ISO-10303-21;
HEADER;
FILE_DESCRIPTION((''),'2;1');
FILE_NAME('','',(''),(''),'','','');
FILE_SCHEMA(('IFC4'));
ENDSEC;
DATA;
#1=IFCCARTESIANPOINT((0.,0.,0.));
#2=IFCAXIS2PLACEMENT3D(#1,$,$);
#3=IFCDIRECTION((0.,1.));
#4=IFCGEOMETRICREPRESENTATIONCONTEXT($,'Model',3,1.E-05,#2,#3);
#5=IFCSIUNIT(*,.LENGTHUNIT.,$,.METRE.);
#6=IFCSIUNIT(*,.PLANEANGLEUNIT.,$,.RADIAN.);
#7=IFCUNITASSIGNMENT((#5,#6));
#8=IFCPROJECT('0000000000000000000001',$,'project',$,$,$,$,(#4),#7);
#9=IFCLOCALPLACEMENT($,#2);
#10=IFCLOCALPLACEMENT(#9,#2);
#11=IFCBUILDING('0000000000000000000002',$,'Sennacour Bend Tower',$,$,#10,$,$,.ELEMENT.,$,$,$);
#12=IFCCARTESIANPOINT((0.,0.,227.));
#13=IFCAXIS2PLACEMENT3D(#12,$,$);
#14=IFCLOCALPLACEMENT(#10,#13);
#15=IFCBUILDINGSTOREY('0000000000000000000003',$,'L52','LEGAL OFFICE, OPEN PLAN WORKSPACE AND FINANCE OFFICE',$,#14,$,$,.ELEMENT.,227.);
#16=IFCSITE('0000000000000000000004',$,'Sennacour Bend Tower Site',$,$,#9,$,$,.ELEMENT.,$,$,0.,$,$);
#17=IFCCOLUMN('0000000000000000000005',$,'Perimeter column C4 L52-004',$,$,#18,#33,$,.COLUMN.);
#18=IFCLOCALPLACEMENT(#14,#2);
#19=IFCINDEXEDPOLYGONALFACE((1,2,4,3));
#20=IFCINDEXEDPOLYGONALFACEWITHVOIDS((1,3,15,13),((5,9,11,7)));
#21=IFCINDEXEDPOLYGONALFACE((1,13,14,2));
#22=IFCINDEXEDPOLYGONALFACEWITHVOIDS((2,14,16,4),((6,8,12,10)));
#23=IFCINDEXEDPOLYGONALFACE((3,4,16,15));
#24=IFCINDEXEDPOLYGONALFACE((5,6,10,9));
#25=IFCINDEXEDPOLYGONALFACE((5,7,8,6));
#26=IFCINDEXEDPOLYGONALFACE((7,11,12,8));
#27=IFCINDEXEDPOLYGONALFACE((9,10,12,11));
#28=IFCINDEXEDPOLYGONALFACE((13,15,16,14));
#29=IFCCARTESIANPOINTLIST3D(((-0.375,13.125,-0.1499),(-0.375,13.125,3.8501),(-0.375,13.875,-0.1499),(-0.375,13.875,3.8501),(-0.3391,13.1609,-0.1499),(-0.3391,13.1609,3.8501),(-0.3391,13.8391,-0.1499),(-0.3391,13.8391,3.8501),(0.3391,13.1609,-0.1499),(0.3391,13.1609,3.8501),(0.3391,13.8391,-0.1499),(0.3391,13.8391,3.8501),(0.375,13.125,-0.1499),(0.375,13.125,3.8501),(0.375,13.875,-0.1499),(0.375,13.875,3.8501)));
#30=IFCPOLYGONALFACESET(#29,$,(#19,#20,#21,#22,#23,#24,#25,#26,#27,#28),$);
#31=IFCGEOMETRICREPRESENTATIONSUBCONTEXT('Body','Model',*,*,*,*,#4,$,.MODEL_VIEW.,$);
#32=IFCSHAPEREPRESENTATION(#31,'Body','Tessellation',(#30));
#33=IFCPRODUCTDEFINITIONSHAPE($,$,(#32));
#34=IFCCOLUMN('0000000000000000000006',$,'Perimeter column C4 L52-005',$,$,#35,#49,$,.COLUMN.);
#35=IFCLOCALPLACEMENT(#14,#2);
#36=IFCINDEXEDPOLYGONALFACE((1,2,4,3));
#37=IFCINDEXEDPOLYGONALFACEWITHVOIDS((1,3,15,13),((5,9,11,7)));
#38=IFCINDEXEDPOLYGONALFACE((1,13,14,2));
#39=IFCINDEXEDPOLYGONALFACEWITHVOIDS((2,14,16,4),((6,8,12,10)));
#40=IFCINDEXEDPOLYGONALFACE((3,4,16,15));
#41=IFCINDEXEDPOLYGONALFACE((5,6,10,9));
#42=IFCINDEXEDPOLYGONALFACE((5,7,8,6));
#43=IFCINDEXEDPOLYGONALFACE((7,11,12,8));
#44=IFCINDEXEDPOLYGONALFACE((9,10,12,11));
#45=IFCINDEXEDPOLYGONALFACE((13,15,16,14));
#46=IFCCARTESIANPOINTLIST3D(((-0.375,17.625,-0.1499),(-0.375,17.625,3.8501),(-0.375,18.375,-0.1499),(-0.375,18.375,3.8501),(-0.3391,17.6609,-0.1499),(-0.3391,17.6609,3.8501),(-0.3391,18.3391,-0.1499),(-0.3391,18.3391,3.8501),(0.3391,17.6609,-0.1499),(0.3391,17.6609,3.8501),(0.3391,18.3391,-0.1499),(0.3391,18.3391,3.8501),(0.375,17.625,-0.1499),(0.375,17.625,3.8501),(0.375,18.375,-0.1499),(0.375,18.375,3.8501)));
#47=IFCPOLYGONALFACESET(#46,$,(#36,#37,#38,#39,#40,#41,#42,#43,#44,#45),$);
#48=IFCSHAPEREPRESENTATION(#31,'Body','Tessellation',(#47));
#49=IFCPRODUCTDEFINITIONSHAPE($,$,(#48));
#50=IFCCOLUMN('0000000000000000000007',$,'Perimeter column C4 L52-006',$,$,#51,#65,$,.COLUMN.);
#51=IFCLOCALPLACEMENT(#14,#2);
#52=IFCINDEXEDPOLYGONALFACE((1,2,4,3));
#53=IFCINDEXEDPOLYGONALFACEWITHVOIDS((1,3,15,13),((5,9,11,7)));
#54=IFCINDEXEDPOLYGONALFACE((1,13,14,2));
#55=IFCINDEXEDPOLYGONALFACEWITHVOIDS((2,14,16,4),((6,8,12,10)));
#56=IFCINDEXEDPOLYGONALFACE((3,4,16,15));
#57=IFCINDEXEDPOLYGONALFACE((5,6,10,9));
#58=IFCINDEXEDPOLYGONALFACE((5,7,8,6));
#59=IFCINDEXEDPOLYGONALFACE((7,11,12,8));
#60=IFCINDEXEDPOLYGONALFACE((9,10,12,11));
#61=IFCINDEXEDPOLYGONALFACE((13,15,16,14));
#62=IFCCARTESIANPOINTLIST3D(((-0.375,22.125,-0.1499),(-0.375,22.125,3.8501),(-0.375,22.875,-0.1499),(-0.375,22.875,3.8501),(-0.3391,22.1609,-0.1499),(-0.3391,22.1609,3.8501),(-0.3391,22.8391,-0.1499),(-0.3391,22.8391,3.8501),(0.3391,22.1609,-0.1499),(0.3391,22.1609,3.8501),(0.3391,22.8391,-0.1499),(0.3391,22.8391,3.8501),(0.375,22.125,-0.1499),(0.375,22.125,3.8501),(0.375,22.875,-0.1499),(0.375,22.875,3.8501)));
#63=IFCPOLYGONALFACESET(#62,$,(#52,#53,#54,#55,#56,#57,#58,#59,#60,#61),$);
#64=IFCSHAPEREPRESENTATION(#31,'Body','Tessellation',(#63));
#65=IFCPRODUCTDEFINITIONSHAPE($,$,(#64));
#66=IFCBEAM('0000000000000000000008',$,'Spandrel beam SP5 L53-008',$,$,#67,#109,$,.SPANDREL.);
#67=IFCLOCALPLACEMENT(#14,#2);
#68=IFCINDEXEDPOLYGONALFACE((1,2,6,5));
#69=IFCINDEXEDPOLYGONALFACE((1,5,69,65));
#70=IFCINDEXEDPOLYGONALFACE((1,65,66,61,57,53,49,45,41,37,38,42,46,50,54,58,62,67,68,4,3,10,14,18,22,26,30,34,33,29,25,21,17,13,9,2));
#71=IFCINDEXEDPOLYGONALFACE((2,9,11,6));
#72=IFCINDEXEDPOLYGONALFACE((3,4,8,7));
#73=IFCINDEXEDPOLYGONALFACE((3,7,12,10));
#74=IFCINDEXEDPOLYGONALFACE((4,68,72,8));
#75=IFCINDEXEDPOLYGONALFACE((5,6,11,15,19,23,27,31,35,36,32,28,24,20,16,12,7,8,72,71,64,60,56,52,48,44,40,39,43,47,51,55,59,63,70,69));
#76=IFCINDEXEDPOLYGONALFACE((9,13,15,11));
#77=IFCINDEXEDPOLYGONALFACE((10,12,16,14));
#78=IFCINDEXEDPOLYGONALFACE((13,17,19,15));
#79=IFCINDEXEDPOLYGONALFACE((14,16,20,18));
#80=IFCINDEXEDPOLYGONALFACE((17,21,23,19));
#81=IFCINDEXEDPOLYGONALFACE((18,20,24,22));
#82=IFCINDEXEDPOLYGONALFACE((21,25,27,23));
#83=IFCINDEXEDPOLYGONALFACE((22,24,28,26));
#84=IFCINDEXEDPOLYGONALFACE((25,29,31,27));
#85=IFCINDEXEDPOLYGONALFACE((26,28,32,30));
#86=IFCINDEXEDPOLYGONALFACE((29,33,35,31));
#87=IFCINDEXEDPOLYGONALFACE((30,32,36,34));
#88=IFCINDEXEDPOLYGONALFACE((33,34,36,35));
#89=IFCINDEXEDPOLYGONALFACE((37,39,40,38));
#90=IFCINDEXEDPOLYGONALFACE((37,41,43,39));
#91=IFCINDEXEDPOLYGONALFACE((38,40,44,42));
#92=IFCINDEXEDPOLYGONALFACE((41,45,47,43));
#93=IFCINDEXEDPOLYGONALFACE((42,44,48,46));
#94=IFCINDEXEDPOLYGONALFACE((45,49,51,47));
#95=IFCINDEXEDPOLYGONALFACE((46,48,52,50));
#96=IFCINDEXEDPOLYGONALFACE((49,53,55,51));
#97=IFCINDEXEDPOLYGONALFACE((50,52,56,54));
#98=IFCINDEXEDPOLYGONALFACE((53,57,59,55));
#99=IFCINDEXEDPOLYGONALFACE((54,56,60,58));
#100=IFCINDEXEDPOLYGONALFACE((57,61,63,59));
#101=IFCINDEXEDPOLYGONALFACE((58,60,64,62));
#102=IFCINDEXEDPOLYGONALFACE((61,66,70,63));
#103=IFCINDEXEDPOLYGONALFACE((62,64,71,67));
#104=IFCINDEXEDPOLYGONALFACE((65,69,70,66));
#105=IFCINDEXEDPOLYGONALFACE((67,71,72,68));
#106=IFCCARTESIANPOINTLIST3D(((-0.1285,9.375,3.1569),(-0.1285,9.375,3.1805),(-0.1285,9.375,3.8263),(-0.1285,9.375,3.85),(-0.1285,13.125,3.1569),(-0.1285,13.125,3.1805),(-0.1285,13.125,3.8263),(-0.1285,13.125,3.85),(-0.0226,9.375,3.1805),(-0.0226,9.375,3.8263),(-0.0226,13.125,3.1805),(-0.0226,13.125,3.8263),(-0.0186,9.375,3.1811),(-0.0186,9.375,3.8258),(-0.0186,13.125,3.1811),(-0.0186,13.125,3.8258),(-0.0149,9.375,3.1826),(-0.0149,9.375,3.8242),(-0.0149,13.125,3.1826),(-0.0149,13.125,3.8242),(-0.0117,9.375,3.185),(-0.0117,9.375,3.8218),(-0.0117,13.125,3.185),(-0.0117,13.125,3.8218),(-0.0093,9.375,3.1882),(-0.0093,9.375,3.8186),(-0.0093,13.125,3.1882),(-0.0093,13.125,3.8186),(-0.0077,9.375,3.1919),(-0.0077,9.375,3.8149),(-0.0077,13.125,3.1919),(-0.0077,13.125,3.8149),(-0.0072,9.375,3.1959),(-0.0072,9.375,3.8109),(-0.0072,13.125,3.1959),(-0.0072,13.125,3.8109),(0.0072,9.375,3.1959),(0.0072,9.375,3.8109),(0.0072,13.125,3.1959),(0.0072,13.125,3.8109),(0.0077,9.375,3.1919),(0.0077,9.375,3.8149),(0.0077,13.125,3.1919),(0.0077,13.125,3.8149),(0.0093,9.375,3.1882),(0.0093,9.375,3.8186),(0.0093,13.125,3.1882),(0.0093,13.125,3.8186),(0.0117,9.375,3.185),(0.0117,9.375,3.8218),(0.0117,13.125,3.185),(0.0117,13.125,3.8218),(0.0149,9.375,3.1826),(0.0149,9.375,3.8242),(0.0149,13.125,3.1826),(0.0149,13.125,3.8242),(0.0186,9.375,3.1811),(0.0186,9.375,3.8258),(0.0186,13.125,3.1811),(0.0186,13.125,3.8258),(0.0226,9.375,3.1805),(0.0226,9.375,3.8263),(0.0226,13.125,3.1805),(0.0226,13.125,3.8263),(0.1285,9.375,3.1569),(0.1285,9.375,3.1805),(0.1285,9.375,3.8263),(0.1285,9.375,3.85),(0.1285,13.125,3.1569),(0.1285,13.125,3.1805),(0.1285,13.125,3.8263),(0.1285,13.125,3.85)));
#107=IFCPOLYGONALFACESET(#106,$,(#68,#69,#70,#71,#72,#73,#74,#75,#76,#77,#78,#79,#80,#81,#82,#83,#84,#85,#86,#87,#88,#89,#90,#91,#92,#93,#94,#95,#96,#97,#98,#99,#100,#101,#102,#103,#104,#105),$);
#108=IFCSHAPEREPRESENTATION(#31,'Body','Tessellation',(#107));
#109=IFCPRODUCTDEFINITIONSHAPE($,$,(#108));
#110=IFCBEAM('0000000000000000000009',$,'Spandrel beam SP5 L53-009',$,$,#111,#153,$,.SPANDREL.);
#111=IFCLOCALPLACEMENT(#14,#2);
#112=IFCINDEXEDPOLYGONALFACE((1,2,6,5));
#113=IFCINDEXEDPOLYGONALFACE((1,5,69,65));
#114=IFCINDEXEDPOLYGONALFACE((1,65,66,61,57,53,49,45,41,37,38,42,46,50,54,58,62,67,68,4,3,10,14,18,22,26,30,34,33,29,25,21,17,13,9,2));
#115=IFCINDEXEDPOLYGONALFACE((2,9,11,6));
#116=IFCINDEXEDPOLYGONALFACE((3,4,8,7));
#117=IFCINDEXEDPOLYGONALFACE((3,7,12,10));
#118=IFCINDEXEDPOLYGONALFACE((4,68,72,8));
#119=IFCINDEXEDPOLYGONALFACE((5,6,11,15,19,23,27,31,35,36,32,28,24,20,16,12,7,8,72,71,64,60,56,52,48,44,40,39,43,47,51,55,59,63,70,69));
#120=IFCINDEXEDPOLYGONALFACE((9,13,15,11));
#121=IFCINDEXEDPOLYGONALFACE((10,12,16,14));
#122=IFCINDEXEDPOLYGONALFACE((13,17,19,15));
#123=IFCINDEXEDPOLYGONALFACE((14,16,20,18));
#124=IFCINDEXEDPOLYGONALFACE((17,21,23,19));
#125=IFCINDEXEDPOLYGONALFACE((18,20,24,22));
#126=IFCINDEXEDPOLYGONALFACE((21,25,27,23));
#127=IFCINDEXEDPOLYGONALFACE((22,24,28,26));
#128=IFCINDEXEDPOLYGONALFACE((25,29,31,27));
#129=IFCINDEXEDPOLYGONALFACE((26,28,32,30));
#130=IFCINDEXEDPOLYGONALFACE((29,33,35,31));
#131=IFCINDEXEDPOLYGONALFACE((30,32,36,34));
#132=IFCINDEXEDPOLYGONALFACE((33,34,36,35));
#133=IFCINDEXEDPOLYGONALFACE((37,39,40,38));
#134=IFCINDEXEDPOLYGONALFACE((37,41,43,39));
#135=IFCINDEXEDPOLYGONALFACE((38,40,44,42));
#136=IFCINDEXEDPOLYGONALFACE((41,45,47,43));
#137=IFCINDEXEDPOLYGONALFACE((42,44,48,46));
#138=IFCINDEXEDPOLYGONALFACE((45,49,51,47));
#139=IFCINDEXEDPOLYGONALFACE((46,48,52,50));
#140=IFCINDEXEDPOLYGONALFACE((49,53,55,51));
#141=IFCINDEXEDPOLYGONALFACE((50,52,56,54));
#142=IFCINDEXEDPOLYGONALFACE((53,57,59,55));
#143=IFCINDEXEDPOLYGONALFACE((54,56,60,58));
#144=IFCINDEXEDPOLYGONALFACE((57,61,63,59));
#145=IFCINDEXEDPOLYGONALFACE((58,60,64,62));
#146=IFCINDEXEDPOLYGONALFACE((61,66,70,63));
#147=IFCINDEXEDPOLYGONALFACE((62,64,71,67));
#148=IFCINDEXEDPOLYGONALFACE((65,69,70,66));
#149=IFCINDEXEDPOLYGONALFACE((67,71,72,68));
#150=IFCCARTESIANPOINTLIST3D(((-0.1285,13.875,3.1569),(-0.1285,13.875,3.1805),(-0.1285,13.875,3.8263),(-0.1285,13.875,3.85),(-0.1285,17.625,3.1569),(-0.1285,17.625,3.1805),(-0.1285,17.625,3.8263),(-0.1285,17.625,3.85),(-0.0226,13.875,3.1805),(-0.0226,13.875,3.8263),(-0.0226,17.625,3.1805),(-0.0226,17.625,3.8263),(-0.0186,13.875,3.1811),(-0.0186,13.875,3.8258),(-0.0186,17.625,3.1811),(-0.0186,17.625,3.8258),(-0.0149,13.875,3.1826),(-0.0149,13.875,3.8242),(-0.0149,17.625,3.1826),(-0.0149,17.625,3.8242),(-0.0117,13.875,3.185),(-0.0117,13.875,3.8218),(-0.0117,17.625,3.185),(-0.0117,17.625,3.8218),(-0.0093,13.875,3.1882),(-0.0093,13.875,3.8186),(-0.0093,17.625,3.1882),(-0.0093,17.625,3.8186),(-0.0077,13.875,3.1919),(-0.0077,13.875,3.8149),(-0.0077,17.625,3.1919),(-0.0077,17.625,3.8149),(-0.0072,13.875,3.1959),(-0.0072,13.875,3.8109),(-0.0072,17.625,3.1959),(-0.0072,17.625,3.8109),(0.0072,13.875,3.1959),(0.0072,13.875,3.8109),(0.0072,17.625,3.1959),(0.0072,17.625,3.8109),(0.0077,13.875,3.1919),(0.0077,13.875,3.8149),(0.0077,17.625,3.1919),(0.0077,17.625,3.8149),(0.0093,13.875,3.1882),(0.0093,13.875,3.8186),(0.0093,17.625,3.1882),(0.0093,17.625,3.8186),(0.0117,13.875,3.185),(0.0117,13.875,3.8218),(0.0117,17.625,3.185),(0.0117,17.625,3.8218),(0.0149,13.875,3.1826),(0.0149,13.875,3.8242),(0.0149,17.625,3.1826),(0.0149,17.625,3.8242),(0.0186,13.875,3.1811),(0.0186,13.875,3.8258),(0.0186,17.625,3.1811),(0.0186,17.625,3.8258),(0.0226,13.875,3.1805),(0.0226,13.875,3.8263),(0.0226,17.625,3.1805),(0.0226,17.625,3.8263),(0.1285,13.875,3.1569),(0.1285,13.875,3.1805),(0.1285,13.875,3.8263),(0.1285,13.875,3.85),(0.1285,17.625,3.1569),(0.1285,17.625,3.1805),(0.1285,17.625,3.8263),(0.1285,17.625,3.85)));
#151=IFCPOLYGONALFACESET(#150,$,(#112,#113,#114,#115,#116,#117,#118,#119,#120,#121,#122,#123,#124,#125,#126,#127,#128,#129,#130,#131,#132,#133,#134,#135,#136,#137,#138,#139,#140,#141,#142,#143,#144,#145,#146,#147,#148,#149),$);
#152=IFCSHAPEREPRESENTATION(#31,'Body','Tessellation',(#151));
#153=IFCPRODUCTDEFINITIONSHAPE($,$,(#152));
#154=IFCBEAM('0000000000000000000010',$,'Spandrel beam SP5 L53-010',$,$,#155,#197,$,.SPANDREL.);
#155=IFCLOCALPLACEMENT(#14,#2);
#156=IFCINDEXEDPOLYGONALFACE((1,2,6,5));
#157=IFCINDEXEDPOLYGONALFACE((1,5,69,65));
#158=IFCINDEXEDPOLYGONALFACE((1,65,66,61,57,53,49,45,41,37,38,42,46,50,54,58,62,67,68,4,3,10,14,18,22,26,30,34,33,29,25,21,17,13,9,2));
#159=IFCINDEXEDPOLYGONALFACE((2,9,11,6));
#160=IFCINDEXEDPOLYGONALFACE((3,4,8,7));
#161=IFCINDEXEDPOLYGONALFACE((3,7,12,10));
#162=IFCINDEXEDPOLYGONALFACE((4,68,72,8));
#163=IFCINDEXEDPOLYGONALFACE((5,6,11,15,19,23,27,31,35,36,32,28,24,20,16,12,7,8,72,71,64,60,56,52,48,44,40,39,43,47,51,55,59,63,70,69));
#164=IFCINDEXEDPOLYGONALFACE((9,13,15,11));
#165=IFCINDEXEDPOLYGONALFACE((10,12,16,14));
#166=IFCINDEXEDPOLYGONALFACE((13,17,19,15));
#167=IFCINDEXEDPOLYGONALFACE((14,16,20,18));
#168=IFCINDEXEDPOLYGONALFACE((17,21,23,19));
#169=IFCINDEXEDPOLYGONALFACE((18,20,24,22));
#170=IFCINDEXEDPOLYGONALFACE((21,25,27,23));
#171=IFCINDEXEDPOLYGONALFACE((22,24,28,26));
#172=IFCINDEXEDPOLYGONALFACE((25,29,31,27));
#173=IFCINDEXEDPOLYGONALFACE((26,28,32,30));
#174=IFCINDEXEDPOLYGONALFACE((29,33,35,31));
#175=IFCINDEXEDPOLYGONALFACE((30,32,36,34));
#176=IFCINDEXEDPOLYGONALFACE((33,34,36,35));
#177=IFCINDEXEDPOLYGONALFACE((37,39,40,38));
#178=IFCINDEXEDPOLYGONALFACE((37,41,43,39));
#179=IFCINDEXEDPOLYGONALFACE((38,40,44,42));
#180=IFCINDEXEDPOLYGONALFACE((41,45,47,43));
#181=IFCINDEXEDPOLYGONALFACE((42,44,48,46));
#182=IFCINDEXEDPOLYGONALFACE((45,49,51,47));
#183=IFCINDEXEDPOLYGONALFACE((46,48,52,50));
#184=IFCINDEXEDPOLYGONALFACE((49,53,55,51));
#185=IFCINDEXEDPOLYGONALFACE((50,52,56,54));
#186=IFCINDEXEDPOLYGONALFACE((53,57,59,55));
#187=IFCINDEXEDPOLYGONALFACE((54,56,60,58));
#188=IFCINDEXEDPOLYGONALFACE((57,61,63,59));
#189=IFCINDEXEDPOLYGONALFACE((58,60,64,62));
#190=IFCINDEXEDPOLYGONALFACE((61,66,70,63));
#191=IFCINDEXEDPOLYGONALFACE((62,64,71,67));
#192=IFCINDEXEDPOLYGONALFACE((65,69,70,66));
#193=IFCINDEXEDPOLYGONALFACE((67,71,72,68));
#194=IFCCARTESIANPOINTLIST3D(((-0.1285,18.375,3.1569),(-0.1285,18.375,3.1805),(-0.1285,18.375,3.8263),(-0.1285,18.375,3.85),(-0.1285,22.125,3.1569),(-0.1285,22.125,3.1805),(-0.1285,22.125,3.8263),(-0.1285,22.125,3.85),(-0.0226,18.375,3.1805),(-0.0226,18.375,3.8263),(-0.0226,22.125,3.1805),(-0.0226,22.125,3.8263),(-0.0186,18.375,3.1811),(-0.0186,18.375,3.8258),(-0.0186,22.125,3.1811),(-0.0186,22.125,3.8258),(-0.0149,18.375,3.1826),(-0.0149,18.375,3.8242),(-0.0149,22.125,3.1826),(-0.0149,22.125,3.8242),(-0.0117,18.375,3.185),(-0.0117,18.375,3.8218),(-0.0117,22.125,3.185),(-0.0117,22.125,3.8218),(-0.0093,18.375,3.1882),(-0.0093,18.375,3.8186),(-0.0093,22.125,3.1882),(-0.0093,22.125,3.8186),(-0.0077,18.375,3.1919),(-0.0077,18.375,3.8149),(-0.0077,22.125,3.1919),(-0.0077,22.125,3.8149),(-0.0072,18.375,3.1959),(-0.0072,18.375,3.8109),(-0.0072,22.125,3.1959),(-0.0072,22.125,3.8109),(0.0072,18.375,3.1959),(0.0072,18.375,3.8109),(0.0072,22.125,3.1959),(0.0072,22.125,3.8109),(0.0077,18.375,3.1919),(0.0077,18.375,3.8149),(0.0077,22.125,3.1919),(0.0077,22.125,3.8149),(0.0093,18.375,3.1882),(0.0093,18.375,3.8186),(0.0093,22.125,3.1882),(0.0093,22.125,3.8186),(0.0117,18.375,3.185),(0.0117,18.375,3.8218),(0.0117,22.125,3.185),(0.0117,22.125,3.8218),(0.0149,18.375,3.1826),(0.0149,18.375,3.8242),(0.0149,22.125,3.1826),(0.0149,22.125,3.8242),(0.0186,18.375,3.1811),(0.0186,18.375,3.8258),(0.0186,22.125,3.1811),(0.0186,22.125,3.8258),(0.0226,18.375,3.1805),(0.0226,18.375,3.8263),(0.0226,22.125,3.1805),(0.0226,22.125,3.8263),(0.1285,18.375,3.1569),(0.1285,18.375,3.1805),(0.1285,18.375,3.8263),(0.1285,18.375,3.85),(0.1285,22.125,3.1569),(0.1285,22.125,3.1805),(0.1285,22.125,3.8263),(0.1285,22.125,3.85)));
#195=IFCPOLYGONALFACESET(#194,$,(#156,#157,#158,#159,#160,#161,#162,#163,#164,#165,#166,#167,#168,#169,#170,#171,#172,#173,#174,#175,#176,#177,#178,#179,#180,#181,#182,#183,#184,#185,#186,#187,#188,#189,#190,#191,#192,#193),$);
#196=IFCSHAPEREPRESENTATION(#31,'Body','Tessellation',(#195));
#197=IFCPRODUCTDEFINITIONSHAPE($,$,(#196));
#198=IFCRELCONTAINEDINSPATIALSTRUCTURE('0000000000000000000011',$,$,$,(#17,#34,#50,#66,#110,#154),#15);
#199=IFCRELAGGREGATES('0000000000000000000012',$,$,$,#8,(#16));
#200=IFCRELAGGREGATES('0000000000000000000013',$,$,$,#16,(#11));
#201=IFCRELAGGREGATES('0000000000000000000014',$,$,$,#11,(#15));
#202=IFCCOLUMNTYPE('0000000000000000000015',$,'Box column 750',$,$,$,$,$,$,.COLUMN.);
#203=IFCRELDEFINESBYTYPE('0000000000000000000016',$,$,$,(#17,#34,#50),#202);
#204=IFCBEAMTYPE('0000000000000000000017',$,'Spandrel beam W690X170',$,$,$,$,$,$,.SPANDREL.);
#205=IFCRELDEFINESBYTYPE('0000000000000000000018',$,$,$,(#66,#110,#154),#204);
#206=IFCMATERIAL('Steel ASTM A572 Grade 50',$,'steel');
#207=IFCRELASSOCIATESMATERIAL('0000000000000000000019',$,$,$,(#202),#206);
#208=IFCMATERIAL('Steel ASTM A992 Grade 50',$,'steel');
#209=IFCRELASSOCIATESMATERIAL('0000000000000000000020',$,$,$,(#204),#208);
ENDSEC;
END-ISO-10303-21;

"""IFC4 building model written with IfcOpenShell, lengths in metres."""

from ifc_helpers import new_model, si_unit, direction, frame, origin, origin_2d, place, context, subcontext, project, spatial, hollow_rectangle, i_section, extrude, material, material_profile, profile_set, type_object, element, save


model = new_model("IFC4")

# Units and contexts
model_context = context("Model", 3, precision=1e-05, world=origin(), true_north=direction((0.0, 1.0)))
body_context = subcontext(model_context, "Body", "Model", "MODEL_VIEW")
ifc_project = project(units=[si_unit("LENGTHUNIT", "METRE"), si_unit("PLANEANGLEUNIT", "RADIAN")], contexts=[model_context])

# Site, building, storey
site_placement = place(None, origin())
site = spatial("IfcSite", under=ifc_project, at=site_placement, Name="Sennacour Bend Tower Site", CompositionType="ELEMENT", RefElevation=0.0)
building_placement = place(site_placement, origin())
building = spatial("IfcBuilding", under=site, at=building_placement, Name="Sennacour Bend Tower", CompositionType="ELEMENT")
storey_placement = place(building_placement, frame((0.0, 0.0, 227.0)))
storey = spatial("IfcBuildingStorey", under=building, at=storey_placement, Name="L52", Description="LEGAL OFFICE, OPEN PLAN WORKSPACE AND FINANCE OFFICE", CompositionType="ELEMENT", Elevation=227.0)

# Columns
ifc_material_1 = material(Name="Steel ASTM A572 Grade 50", Category="steel")
ifc_material_profile_1 = material_profile(ifc_material_1, hollow_rectangle(XDim=0.75, YDim=0.75, WallThickness=0.0359, at=origin_2d()), Name="Steel ASTM A572 Grade 50", Category="steel")
ifc_profile_set_1 = profile_set([ifc_material_profile_1], Name="Steel ASTM A572 Grade 50")
column_type = type_object("IfcColumnType", Name="Box column 750", PredefinedType="COLUMN", material=ifc_profile_set_1)
for number, where, z_axis, x_axis, name in (
    (1, (0.0, 13.5, -0.1499), (0.0, 0.0, 1.0), (1.0, 0.0, 0.0), "Perimeter column C4 L52-004"),
    (2, (0.0, 18.0, -0.1499), (0.0, 0.0, 1.0), (1.0, 0.0, 0.0), "Perimeter column C4 L52-005"),
    (3, (0.0, 22.5, -0.1499), (0.0, 0.0, 1.0), (1.0, 0.0, 0.0), "Perimeter column C4 L52-006"),
):
    element("IfcColumn", number, at=place(storey_placement, frame(where, z_axis=z_axis, x_axis=x_axis)), inside=storey, type_object=column_type, Name=name, PredefinedType="COLUMN", context=body_context, shape_type="SweptSolid", body=[
        extrude(hollow_rectangle(XDim=0.75, YDim=0.75, WallThickness=0.0359, at=origin_2d()), origin(), (0.0, 0.0, 1.0), 4.0),
    ])

# Beams
ifc_material_2 = material(Name="Steel ASTM A992 Grade 50", Category="steel")
ifc_material_profile_2 = material_profile(ifc_material_2, i_section(OverallWidth=0.2571, OverallDepth=0.6931, WebThickness=0.0144, FlangeThickness=0.0237, FilletRadius=0.0154, at=origin_2d()), Name="Steel ASTM A992 Grade 50", Category="steel")
ifc_profile_set_2 = profile_set([ifc_material_profile_2], Name="Steel ASTM A992 Grade 50")
beam_type = type_object("IfcBeamType", Name="Spandrel beam W690X170", PredefinedType="SPANDREL", material=ifc_profile_set_2)
for number, where, z_axis, x_axis, name in (
    (4, (0.0, 9.375, 3.5034), (0.0, 1.0, 0.0), (-1.0, 0.0, 0.0), "Spandrel beam SP5 L53-008"),
    (5, (0.0, 13.875, 3.5034), (0.0, 1.0, 0.0), (-1.0, 0.0, 0.0), "Spandrel beam SP5 L53-009"),
    (6, (0.0, 18.375, 3.5034), (0.0, 1.0, 0.0), (-1.0, 0.0, 0.0), "Spandrel beam SP5 L53-010"),
):
    element("IfcBeam", number, at=place(storey_placement, frame(where, z_axis=z_axis, x_axis=x_axis)), inside=storey, type_object=beam_type, Name=name, PredefinedType="SPANDREL", context=body_context, shape_type="SweptSolid", body=[
        extrude(i_section(OverallWidth=0.2571, OverallDepth=0.6931, WebThickness=0.0144, FlangeThickness=0.0237, FilletRadius=0.0154, at=origin_2d()), origin(), (0.0, 0.0, 1.0), 3.75),
    ])

save(model, "model.ifc")
